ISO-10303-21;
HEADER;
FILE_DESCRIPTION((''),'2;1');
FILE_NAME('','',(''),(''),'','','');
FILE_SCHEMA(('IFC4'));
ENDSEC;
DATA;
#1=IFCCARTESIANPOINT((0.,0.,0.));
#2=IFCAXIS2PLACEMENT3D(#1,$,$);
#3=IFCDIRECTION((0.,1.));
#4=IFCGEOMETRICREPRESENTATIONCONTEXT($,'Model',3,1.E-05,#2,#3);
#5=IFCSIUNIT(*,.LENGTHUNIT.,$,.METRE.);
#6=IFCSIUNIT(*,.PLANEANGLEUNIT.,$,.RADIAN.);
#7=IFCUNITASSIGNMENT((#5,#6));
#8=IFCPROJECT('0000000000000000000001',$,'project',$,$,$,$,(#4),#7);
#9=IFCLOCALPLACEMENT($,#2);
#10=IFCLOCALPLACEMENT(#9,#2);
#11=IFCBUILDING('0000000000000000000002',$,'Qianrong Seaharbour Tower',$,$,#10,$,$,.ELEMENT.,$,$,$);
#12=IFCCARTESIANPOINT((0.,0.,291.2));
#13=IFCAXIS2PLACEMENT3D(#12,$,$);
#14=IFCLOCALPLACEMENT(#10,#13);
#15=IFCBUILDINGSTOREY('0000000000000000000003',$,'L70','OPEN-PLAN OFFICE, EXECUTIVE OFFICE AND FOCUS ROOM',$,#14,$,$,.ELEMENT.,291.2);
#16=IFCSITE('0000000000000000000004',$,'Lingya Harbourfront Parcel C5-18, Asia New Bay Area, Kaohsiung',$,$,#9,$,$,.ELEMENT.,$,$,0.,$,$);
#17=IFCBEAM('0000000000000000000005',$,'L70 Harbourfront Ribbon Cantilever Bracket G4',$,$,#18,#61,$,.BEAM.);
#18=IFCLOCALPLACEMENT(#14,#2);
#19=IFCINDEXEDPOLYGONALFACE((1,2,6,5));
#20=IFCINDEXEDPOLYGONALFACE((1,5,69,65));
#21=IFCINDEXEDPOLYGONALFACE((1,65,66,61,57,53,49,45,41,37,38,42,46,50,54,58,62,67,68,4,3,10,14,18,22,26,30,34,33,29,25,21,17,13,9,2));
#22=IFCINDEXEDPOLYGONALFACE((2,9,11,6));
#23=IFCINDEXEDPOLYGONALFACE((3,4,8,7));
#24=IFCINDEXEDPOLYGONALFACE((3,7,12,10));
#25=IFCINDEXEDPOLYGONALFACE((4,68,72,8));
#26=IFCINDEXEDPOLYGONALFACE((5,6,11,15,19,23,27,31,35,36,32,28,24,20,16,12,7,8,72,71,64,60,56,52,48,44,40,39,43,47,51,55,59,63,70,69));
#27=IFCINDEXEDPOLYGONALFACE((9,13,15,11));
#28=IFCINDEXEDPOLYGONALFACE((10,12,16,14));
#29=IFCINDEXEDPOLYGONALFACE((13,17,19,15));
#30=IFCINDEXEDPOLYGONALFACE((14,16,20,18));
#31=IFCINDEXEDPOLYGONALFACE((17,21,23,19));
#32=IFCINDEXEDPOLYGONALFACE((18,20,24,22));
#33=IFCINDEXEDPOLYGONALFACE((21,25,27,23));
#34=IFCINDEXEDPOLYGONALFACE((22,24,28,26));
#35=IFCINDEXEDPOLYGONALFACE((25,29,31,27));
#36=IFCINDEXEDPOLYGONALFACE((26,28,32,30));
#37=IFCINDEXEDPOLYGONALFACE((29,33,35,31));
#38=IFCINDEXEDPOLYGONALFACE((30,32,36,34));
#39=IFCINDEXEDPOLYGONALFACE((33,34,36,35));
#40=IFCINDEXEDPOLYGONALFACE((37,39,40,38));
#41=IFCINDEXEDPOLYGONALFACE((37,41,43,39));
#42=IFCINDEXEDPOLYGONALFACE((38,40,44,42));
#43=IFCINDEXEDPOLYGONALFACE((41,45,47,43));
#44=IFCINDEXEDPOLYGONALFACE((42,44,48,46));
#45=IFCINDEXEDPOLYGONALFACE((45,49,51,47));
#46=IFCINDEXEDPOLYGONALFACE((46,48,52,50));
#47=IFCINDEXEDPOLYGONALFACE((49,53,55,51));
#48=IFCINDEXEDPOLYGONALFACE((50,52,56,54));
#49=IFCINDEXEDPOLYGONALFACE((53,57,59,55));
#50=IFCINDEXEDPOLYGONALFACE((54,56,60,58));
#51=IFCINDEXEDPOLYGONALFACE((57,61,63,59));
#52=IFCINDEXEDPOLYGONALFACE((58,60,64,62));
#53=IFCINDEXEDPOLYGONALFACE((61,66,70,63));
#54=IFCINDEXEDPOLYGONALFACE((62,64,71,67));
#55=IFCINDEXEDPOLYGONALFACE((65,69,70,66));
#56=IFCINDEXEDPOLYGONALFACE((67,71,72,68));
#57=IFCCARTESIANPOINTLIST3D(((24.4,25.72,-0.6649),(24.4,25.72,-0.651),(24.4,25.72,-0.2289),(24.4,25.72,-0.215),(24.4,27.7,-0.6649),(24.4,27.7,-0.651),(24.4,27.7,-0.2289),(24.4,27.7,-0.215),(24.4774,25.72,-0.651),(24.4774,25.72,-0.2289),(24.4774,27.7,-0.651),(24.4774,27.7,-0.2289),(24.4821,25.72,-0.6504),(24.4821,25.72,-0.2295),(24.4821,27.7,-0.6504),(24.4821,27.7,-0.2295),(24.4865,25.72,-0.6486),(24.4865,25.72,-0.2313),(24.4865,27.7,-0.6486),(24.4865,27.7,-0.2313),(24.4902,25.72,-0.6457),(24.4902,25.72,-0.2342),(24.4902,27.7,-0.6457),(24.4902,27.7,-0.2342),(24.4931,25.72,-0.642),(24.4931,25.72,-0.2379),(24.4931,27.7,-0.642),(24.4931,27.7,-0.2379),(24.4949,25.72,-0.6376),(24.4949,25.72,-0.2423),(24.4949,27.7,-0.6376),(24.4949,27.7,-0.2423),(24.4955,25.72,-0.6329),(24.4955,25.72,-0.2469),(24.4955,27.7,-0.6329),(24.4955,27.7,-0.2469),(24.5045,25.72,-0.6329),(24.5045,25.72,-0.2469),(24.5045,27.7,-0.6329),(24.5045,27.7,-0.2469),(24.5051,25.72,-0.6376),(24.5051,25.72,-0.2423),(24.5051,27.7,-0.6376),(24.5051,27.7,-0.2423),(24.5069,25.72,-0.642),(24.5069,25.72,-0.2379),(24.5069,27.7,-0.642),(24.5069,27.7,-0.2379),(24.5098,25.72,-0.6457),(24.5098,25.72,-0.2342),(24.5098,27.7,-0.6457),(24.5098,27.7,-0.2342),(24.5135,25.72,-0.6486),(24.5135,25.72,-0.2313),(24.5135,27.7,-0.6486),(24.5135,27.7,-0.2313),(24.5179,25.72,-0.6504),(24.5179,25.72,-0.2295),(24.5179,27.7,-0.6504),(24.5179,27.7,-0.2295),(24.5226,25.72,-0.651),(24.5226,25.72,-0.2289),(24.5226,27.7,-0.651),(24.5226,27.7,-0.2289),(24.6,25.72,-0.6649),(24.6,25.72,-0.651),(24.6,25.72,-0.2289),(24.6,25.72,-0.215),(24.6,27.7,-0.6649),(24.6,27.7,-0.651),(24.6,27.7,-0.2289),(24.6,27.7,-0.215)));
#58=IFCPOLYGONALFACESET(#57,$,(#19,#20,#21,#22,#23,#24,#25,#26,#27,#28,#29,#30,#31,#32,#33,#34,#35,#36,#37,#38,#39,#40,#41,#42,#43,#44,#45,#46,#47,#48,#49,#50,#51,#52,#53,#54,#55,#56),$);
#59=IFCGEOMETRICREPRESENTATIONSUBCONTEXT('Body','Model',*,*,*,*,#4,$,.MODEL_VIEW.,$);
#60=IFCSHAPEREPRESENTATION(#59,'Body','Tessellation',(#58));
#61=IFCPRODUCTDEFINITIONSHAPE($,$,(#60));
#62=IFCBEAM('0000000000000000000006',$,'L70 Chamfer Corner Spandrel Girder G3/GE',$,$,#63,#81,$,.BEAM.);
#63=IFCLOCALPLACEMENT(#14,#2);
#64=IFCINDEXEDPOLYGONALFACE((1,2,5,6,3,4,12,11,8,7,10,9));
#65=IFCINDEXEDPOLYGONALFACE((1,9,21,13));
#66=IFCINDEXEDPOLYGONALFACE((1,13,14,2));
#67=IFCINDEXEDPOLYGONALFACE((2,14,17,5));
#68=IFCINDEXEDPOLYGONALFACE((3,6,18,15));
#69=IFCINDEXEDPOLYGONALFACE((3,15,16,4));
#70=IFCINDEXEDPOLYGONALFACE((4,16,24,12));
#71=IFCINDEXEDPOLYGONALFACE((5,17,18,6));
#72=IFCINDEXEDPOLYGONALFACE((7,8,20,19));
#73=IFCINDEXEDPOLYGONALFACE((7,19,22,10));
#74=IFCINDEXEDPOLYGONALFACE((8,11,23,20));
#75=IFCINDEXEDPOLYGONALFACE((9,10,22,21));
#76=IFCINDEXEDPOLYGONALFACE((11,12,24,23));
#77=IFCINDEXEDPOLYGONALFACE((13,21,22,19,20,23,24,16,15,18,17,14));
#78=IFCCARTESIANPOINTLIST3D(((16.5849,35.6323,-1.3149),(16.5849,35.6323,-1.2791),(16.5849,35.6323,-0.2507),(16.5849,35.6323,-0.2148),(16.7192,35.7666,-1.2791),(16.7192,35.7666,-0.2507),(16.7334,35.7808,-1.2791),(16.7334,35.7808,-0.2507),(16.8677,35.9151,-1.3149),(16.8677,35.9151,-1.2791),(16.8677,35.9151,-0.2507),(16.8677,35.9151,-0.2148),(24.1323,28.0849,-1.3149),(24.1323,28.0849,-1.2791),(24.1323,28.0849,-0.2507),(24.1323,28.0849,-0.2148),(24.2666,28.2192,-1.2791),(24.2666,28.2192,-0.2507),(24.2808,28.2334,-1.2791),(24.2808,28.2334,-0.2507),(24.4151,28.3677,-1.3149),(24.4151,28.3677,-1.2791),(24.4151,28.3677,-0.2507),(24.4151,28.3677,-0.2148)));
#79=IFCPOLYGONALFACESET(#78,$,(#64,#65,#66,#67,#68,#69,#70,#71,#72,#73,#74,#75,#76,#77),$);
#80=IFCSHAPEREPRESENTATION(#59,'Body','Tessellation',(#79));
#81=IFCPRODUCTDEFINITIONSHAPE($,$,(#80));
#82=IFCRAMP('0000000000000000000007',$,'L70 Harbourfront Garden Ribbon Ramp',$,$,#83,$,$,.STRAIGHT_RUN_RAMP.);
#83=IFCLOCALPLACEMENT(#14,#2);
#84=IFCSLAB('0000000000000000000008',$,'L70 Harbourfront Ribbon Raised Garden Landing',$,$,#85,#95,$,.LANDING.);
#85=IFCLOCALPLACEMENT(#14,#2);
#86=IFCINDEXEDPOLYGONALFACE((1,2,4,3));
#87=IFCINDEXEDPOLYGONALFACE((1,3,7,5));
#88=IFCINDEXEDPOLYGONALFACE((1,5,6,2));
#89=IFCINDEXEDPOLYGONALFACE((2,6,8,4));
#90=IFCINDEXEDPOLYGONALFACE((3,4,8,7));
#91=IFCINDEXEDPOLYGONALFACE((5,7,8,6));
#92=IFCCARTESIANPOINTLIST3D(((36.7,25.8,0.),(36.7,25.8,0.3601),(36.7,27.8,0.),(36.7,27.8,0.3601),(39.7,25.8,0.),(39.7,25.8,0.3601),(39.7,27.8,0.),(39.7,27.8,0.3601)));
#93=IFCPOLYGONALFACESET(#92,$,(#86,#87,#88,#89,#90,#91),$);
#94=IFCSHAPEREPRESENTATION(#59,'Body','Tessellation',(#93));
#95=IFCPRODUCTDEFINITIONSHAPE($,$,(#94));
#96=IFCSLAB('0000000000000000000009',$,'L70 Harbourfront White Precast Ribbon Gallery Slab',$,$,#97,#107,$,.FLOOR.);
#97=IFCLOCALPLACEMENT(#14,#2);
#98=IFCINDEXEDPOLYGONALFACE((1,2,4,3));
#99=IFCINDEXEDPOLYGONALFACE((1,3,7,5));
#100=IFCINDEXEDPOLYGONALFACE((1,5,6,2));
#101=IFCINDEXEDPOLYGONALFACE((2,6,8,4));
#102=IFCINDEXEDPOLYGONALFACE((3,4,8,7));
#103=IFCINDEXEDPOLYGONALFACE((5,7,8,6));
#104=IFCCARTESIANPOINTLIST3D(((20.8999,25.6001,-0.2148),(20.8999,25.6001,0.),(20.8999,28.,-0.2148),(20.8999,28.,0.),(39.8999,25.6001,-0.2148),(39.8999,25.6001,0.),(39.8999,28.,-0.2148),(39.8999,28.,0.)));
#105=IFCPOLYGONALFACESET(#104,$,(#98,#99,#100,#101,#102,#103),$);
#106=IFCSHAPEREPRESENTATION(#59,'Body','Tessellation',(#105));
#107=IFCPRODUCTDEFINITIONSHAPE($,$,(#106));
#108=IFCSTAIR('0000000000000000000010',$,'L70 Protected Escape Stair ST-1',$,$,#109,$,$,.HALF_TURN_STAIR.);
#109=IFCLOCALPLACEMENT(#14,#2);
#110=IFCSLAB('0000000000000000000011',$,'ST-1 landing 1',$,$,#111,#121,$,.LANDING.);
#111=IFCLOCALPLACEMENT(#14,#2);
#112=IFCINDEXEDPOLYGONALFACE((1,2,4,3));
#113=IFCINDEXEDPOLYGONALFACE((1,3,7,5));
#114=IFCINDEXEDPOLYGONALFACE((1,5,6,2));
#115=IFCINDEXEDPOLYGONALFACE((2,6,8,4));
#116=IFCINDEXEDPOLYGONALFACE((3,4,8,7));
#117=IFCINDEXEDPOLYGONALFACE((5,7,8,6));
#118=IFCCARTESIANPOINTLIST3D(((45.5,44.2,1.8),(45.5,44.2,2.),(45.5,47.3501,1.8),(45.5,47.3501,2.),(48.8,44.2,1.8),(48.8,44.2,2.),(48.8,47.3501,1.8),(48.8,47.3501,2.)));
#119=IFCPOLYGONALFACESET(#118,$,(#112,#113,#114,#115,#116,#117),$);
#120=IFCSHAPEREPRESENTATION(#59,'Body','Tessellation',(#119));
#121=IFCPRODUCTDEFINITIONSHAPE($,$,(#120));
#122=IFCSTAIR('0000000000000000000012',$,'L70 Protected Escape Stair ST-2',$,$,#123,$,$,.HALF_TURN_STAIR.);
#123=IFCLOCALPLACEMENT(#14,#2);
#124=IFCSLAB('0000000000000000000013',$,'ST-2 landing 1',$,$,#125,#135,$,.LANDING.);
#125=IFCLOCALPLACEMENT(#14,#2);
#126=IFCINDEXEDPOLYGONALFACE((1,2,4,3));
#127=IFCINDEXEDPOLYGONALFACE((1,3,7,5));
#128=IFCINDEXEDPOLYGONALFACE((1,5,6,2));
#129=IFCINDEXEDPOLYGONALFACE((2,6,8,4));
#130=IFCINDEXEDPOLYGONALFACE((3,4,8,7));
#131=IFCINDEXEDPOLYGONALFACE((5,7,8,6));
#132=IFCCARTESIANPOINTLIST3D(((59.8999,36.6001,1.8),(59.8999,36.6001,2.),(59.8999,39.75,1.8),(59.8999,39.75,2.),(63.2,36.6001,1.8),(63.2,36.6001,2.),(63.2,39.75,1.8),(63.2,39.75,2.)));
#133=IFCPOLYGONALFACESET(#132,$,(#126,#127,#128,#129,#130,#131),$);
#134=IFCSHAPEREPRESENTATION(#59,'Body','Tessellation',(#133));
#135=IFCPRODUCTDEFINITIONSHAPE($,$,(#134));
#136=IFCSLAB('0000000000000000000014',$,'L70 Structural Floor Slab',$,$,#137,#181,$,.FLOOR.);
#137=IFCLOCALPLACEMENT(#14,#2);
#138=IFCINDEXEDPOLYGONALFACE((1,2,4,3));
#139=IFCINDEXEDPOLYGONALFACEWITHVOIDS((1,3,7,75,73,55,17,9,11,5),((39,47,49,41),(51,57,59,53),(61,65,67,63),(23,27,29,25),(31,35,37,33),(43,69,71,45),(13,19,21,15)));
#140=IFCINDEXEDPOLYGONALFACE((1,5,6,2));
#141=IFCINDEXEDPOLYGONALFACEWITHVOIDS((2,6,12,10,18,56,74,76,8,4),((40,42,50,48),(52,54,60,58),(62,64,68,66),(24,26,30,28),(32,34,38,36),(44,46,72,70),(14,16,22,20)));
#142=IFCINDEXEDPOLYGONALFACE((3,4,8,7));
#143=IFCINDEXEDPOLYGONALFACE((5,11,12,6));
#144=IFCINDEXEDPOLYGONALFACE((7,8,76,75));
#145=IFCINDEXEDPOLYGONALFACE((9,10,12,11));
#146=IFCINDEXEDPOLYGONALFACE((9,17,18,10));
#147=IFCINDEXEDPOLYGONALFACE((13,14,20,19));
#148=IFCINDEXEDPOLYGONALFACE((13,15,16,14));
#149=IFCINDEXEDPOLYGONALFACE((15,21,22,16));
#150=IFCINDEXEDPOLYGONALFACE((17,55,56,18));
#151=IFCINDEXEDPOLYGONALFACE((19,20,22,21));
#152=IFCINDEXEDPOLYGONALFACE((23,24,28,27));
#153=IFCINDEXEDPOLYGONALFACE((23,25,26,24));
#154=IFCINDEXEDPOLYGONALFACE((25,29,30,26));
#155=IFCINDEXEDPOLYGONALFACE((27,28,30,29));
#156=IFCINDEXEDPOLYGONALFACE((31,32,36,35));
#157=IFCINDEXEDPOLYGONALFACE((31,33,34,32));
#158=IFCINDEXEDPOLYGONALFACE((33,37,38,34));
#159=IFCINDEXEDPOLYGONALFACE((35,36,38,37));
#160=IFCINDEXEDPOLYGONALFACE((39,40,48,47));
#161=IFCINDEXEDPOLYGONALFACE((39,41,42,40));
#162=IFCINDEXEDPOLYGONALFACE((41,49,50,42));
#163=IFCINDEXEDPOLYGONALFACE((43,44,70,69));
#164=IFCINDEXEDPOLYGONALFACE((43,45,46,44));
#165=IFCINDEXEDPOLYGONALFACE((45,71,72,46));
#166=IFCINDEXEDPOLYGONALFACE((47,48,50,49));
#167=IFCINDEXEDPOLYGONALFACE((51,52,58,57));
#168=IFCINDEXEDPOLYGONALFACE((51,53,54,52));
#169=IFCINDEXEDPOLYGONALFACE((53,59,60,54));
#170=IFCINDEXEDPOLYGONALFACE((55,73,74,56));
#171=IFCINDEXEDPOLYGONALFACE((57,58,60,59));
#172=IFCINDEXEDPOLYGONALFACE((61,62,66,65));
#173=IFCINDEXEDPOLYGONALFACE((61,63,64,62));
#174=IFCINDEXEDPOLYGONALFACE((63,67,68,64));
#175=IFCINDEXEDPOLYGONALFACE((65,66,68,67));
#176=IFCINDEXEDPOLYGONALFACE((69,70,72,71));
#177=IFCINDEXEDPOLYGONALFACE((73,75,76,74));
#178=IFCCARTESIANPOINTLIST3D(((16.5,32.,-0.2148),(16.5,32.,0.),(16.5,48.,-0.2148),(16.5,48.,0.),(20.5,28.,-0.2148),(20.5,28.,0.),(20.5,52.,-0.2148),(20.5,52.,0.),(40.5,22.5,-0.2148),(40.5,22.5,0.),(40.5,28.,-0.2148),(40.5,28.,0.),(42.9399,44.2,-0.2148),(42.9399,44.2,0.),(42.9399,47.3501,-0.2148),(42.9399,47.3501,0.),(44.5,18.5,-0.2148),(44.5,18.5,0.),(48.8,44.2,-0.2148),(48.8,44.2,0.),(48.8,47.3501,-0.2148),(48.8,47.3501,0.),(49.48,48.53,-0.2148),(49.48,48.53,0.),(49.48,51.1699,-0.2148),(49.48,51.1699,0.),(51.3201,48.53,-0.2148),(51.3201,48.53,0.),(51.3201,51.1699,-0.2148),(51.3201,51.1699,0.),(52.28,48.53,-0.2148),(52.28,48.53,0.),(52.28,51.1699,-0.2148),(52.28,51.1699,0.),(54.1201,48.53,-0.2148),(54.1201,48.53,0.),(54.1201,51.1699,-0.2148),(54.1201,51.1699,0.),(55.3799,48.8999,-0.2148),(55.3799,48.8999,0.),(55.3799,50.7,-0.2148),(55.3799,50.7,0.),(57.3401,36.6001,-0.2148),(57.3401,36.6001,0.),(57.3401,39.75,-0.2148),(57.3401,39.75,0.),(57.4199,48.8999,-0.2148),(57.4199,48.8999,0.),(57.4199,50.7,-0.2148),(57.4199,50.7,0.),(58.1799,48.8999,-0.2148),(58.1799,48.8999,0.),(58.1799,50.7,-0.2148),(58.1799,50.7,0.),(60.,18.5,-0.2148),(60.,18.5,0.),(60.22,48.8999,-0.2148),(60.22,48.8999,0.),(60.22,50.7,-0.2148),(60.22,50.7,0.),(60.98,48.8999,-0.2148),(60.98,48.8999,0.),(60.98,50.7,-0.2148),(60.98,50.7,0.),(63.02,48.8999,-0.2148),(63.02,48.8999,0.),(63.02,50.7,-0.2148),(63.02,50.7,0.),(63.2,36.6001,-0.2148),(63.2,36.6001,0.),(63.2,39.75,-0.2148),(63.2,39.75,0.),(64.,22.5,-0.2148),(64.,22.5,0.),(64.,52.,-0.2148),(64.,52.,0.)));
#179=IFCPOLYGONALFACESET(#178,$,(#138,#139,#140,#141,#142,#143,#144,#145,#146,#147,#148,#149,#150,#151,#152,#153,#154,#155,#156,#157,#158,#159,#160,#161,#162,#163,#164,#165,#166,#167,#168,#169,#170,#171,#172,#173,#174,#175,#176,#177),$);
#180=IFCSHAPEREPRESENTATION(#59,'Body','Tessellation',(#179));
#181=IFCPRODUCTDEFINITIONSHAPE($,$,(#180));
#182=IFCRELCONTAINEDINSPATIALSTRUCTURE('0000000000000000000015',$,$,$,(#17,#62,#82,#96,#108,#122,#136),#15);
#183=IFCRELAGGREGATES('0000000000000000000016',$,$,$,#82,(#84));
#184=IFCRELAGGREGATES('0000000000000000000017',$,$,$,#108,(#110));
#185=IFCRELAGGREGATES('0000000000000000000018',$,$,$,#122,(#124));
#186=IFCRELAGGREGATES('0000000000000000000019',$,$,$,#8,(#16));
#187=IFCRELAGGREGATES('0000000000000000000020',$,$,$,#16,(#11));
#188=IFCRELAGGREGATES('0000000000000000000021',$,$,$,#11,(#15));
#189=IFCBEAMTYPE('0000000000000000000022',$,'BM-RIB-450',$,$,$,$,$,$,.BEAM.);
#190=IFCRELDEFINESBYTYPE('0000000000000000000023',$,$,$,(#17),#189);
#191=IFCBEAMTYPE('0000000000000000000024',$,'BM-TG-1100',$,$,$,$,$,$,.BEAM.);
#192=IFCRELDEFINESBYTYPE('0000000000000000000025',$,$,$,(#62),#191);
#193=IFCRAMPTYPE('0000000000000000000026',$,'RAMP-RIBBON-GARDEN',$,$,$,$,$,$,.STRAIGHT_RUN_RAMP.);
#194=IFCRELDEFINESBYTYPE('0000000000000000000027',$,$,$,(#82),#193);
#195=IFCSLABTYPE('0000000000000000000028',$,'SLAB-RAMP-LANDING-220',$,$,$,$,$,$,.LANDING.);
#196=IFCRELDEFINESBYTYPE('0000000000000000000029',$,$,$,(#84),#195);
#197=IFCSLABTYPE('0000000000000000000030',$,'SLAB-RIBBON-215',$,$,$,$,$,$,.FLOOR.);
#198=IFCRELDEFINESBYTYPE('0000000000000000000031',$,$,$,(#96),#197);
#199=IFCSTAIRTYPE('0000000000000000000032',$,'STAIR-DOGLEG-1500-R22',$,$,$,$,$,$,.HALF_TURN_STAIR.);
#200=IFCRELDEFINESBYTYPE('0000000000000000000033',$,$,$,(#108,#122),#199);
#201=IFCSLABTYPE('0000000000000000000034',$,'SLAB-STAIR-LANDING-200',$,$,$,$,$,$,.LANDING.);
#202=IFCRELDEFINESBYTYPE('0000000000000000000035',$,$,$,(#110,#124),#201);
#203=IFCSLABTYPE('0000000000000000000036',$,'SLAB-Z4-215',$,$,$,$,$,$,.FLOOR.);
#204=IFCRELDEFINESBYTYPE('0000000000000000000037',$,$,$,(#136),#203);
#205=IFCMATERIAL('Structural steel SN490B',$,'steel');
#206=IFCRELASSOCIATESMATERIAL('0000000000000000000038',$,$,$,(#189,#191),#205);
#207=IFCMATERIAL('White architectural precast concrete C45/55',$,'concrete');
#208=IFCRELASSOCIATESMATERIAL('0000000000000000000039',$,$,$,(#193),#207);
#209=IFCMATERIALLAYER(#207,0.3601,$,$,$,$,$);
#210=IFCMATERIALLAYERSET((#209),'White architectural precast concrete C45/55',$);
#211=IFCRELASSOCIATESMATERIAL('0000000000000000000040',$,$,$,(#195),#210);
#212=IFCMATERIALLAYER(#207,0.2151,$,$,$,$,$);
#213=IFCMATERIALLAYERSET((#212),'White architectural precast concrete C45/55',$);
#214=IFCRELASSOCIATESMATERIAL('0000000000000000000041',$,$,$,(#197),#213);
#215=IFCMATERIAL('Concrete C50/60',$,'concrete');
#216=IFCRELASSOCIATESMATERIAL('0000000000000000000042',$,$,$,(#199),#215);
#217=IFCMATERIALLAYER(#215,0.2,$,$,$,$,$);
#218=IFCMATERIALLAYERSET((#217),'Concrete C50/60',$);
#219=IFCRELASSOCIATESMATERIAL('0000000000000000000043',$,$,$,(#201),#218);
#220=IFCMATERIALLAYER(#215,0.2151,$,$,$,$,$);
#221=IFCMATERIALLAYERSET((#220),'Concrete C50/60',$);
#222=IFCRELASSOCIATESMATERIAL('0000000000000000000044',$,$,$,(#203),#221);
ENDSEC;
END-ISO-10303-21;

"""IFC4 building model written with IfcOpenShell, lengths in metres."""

from ifc_helpers import new_model, si_unit, direction, frame, origin, origin_2d, place, context, subcontext, project, spatial, polyline, i_section, outline, extrude, material, layer, layer_set, material_profile, profile_set, type_object, element, aggregate, save


model = new_model("IFC4")

# Units and contexts
model_context = context("Model", 3, precision=1e-05, world=origin(), true_north=direction((0.0, 1.0)))
body_context = subcontext(model_context, "Body", "Model", "MODEL_VIEW")
ifc_project = project(units=[si_unit("LENGTHUNIT", "METRE"), si_unit("PLANEANGLEUNIT", "RADIAN")], contexts=[model_context])

# Site, building, storey
site_placement = place(None, origin())
site = spatial("IfcSite", under=ifc_project, at=site_placement, Name="Lingya Harbourfront Parcel C5-18, Asia New Bay Area, Kaohsiung", CompositionType="ELEMENT", RefElevation=0.0)
building_placement = place(site_placement, origin())
building = spatial("IfcBuilding", under=site, at=building_placement, Name="Qianrong Seaharbour Tower", CompositionType="ELEMENT")
storey_placement = place(building_placement, frame((0.0, 0.0, 291.2)))
storey = spatial("IfcBuildingStorey", under=building, at=storey_placement, Name="L70", Description="OPEN-PLAN OFFICE, EXECUTIVE OFFICE AND FOCUS ROOM", CompositionType="ELEMENT", Elevation=291.2)

# Beams
ifc_material_1 = material(Name="Structural steel SN490B", Category="steel")
ifc_material_profile_1 = material_profile(ifc_material_1, i_section(OverallWidth=0.2, OverallDepth=0.45, WebThickness=0.009, FlangeThickness=0.0139, FilletRadius=0.0181, at=origin_2d()), Name="H450x200x9x14")
ifc_profile_set_1 = profile_set([ifc_material_profile_1], Name="Structural steel SN490B")
beam_type_1 = type_object("IfcBeamType", Name="BM-RIB-450", PredefinedType="BEAM", material=ifc_profile_set_1)
beam_1_placement = place(storey_placement, frame((24.5, 27.7, -0.4399), z_axis=(0.0, -1.0, 0.0), x_axis=(1.0, 0.0, 0.0)))
element("IfcBeam", 1, at=beam_1_placement, inside=storey, type_object=beam_type_1, Name="L70 Harbourfront Ribbon Cantilever Bracket G4", PredefinedType="BEAM", context=body_context, shape_type="SweptSolid", body=[
    extrude(i_section(OverallWidth=0.2, OverallDepth=0.45, WebThickness=0.009, FlangeThickness=0.0139, FilletRadius=0.0181, at=origin_2d()), origin(), (0.0, 0.0, 1.0), 1.98),
])
ifc_material_profile_2 = material_profile(ifc_material_1, i_section(OverallWidth=0.3999, OverallDepth=1.1001, WebThickness=0.02, FlangeThickness=0.0359, at=origin_2d()), Name="BH1100x400x20x36")
ifc_profile_set_2 = profile_set([ifc_material_profile_2], Name="Structural steel SN490B")
beam_type_2 = type_object("IfcBeamType", Name="BM-TG-1100", PredefinedType="BEAM", material=ifc_profile_set_2)
beam_2_placement = place(storey_placement, frame((24.2737, 28.2263, -0.7649), z_axis=(-0.707107, 0.707107, 0.0), x_axis=(-0.707107, -0.707107, 0.0)))
element("IfcBeam", 2, at=beam_2_placement, inside=storey, type_object=beam_type_2, Name="L70 Chamfer Corner Spandrel Girder G3/GE", PredefinedType="BEAM", context=body_context, shape_type="SweptSolid", body=[
    extrude(i_section(OverallWidth=0.3999, OverallDepth=1.1001, WebThickness=0.02, FlangeThickness=0.0359, at=origin_2d()), origin(), (0.0, 0.0, 1.0), 10.6736),
])

# Ramp, slab
ifc_material_2 = material(Name="White architectural precast concrete C45/55", Category="concrete")
ramp_type = type_object("IfcRampType", Name="RAMP-RIBBON-GARDEN", PredefinedType="STRAIGHT_RUN_RAMP", material=ifc_material_2)
ramp_placement = place(storey_placement, origin())
ramp = element("IfcRamp", 3, at=ramp_placement, inside=storey, type_object=ramp_type, Name="L70 Harbourfront Garden Ribbon Ramp", PredefinedType="STRAIGHT_RUN_RAMP")
ifc_layer_1 = layer(ifc_material_2, 0.3601)
ifc_layer_set_1 = layer_set([ifc_layer_1], Name="White architectural precast concrete C45/55")
slab_type_1 = type_object("IfcSlabType", Name="SLAB-RAMP-LANDING-220", PredefinedType="LANDING", material=ifc_layer_set_1)
slab_1_placement = place(storey_placement, origin())
slab_1 = element("IfcSlab", 4, at=slab_1_placement, type_object=slab_type_1, Name="L70 Harbourfront Ribbon Raised Garden Landing", PredefinedType="LANDING", context=body_context, shape_type="SweptSolid", body=[
    extrude(outline(polyline([(36.7, 25.8), (39.7, 25.8), (39.7, 27.8), (36.7, 27.8), (36.7, 25.8)])), origin(), (0.0, 0.0, 1.0), 0.3601),
])
aggregate(ramp, [slab_1])

# Slab
ifc_layer_2 = layer(ifc_material_2, 0.2151)
ifc_layer_set_2 = layer_set([ifc_layer_2], Name="White architectural precast concrete C45/55")
slab_type_2 = type_object("IfcSlabType", Name="SLAB-RIBBON-215", PredefinedType="FLOOR", material=ifc_layer_set_2)
slab_2_placement = place(storey_placement, frame((0.0, 0.0, -0.2148)))
element("IfcSlab", 5, at=slab_2_placement, inside=storey, type_object=slab_type_2, Name="L70 Harbourfront White Precast Ribbon Gallery Slab", PredefinedType="FLOOR", context=body_context, shape_type="SweptSolid", body=[
    extrude(outline(polyline([(20.8999, 25.6001), (39.8999, 25.6001), (39.8999, 28.0), (20.8999, 28.0), (20.8999, 25.6001)])), origin(), (0.0, 0.0, 1.0), 0.2148),
])

# Stairs, slabs
ifc_material_3 = material(Name="Concrete C50/60", Category="concrete")
stair_type = type_object("IfcStairType", Name="STAIR-DOGLEG-1500-R22", PredefinedType="HALF_TURN_STAIR", material=ifc_material_3)
stair_1_placement = place(storey_placement, origin())
stair_1 = element("IfcStair", 6, at=stair_1_placement, inside=storey, type_object=stair_type, Name="L70 Protected Escape Stair ST-1", PredefinedType="HALF_TURN_STAIR")
ifc_layer_3 = layer(ifc_material_3, 0.2)
ifc_layer_set_3 = layer_set([ifc_layer_3], Name="Concrete C50/60")
slab_type_3 = type_object("IfcSlabType", Name="SLAB-STAIR-LANDING-200", PredefinedType="LANDING", material=ifc_layer_set_3)
slab_3_placement = place(storey_placement, frame((0.0, 0.0, 1.8)))
slab_3 = element("IfcSlab", 7, at=slab_3_placement, type_object=slab_type_3, Name="ST-1 landing 1", PredefinedType="LANDING", context=body_context, shape_type="SweptSolid", body=[
    extrude(outline(polyline([(45.5, 44.2), (48.8, 44.2), (48.8, 47.3501), (45.5, 47.3501), (45.5, 44.2)])), origin(), (0.0, 0.0, 1.0), 0.2),
])
aggregate(stair_1, [slab_3])
stair_2_placement = place(storey_placement, origin())
stair_2 = element("IfcStair", 8, at=stair_2_placement, inside=storey, type_object=stair_type, Name="L70 Protected Escape Stair ST-2", PredefinedType="HALF_TURN_STAIR")
slab_4_placement = place(storey_placement, frame((0.0, 0.0, 1.8)))
slab_4 = element("IfcSlab", 9, at=slab_4_placement, type_object=slab_type_3, Name="ST-2 landing 1", PredefinedType="LANDING", context=body_context, shape_type="SweptSolid", body=[
    extrude(outline(polyline([(59.8999, 36.6001), (63.2, 36.6001), (63.2, 39.75), (59.8999, 39.75), (59.8999, 36.6001)])), origin(), (0.0, 0.0, 1.0), 0.2),
])
aggregate(stair_2, [slab_4])

# Slab
ifc_layer_4 = layer(ifc_material_3, 0.2151)
ifc_layer_set_4 = layer_set([ifc_layer_4], Name="Concrete C50/60")
slab_type_4 = type_object("IfcSlabType", Name="SLAB-Z4-215", PredefinedType="FLOOR", material=ifc_layer_set_4)
slab_5_placement = place(storey_placement, frame((0.0, 0.0, -0.2148)))
element("IfcSlab", 10, at=slab_5_placement, inside=storey, type_object=slab_type_4, Name="L70 Structural Floor Slab", PredefinedType="FLOOR", context=body_context, shape_type="SweptSolid", body=[
    extrude(outline(polyline([(44.5, 18.5), (60.0, 18.5), (64.0, 22.5), (64.0, 52.0), (20.5, 52.0), (16.5, 48.0), (16.5, 32.0), (20.5, 28.0), (40.5, 28.0), (40.5, 22.5), (44.5, 18.5)]), holes=[polyline([(42.9399, 44.2), (42.9399, 47.3501), (48.8, 47.3501), (48.8, 44.2), (42.9399, 44.2)]), polyline([(57.3401, 36.6001), (57.3401, 39.75), (63.2, 39.75), (63.2, 36.6001), (57.3401, 36.6001)]), polyline([(49.48, 48.53), (49.48, 51.1699), (51.3201, 51.1699), (51.3201, 48.53), (49.48, 48.53)]), polyline([(52.28, 48.53), (52.28, 51.1699), (54.1201, 51.1699), (54.1201, 48.53), (52.28, 48.53)]), polyline([(55.3799, 48.8999), (55.3799, 50.7), (57.4199, 50.7), (57.4199, 48.8999), (55.3799, 48.8999)]), polyline([(58.1799, 48.8999), (58.1799, 50.7), (60.22, 50.7), (60.22, 48.8999), (58.1799, 48.8999)]), polyline([(60.98, 48.8999), (60.98, 50.7), (63.02, 50.7), (63.02, 48.8999), (60.98, 48.8999)])]), origin(), (0.0, 0.0, 1.0), 0.2148),
])

save(model, "model.ifc")
